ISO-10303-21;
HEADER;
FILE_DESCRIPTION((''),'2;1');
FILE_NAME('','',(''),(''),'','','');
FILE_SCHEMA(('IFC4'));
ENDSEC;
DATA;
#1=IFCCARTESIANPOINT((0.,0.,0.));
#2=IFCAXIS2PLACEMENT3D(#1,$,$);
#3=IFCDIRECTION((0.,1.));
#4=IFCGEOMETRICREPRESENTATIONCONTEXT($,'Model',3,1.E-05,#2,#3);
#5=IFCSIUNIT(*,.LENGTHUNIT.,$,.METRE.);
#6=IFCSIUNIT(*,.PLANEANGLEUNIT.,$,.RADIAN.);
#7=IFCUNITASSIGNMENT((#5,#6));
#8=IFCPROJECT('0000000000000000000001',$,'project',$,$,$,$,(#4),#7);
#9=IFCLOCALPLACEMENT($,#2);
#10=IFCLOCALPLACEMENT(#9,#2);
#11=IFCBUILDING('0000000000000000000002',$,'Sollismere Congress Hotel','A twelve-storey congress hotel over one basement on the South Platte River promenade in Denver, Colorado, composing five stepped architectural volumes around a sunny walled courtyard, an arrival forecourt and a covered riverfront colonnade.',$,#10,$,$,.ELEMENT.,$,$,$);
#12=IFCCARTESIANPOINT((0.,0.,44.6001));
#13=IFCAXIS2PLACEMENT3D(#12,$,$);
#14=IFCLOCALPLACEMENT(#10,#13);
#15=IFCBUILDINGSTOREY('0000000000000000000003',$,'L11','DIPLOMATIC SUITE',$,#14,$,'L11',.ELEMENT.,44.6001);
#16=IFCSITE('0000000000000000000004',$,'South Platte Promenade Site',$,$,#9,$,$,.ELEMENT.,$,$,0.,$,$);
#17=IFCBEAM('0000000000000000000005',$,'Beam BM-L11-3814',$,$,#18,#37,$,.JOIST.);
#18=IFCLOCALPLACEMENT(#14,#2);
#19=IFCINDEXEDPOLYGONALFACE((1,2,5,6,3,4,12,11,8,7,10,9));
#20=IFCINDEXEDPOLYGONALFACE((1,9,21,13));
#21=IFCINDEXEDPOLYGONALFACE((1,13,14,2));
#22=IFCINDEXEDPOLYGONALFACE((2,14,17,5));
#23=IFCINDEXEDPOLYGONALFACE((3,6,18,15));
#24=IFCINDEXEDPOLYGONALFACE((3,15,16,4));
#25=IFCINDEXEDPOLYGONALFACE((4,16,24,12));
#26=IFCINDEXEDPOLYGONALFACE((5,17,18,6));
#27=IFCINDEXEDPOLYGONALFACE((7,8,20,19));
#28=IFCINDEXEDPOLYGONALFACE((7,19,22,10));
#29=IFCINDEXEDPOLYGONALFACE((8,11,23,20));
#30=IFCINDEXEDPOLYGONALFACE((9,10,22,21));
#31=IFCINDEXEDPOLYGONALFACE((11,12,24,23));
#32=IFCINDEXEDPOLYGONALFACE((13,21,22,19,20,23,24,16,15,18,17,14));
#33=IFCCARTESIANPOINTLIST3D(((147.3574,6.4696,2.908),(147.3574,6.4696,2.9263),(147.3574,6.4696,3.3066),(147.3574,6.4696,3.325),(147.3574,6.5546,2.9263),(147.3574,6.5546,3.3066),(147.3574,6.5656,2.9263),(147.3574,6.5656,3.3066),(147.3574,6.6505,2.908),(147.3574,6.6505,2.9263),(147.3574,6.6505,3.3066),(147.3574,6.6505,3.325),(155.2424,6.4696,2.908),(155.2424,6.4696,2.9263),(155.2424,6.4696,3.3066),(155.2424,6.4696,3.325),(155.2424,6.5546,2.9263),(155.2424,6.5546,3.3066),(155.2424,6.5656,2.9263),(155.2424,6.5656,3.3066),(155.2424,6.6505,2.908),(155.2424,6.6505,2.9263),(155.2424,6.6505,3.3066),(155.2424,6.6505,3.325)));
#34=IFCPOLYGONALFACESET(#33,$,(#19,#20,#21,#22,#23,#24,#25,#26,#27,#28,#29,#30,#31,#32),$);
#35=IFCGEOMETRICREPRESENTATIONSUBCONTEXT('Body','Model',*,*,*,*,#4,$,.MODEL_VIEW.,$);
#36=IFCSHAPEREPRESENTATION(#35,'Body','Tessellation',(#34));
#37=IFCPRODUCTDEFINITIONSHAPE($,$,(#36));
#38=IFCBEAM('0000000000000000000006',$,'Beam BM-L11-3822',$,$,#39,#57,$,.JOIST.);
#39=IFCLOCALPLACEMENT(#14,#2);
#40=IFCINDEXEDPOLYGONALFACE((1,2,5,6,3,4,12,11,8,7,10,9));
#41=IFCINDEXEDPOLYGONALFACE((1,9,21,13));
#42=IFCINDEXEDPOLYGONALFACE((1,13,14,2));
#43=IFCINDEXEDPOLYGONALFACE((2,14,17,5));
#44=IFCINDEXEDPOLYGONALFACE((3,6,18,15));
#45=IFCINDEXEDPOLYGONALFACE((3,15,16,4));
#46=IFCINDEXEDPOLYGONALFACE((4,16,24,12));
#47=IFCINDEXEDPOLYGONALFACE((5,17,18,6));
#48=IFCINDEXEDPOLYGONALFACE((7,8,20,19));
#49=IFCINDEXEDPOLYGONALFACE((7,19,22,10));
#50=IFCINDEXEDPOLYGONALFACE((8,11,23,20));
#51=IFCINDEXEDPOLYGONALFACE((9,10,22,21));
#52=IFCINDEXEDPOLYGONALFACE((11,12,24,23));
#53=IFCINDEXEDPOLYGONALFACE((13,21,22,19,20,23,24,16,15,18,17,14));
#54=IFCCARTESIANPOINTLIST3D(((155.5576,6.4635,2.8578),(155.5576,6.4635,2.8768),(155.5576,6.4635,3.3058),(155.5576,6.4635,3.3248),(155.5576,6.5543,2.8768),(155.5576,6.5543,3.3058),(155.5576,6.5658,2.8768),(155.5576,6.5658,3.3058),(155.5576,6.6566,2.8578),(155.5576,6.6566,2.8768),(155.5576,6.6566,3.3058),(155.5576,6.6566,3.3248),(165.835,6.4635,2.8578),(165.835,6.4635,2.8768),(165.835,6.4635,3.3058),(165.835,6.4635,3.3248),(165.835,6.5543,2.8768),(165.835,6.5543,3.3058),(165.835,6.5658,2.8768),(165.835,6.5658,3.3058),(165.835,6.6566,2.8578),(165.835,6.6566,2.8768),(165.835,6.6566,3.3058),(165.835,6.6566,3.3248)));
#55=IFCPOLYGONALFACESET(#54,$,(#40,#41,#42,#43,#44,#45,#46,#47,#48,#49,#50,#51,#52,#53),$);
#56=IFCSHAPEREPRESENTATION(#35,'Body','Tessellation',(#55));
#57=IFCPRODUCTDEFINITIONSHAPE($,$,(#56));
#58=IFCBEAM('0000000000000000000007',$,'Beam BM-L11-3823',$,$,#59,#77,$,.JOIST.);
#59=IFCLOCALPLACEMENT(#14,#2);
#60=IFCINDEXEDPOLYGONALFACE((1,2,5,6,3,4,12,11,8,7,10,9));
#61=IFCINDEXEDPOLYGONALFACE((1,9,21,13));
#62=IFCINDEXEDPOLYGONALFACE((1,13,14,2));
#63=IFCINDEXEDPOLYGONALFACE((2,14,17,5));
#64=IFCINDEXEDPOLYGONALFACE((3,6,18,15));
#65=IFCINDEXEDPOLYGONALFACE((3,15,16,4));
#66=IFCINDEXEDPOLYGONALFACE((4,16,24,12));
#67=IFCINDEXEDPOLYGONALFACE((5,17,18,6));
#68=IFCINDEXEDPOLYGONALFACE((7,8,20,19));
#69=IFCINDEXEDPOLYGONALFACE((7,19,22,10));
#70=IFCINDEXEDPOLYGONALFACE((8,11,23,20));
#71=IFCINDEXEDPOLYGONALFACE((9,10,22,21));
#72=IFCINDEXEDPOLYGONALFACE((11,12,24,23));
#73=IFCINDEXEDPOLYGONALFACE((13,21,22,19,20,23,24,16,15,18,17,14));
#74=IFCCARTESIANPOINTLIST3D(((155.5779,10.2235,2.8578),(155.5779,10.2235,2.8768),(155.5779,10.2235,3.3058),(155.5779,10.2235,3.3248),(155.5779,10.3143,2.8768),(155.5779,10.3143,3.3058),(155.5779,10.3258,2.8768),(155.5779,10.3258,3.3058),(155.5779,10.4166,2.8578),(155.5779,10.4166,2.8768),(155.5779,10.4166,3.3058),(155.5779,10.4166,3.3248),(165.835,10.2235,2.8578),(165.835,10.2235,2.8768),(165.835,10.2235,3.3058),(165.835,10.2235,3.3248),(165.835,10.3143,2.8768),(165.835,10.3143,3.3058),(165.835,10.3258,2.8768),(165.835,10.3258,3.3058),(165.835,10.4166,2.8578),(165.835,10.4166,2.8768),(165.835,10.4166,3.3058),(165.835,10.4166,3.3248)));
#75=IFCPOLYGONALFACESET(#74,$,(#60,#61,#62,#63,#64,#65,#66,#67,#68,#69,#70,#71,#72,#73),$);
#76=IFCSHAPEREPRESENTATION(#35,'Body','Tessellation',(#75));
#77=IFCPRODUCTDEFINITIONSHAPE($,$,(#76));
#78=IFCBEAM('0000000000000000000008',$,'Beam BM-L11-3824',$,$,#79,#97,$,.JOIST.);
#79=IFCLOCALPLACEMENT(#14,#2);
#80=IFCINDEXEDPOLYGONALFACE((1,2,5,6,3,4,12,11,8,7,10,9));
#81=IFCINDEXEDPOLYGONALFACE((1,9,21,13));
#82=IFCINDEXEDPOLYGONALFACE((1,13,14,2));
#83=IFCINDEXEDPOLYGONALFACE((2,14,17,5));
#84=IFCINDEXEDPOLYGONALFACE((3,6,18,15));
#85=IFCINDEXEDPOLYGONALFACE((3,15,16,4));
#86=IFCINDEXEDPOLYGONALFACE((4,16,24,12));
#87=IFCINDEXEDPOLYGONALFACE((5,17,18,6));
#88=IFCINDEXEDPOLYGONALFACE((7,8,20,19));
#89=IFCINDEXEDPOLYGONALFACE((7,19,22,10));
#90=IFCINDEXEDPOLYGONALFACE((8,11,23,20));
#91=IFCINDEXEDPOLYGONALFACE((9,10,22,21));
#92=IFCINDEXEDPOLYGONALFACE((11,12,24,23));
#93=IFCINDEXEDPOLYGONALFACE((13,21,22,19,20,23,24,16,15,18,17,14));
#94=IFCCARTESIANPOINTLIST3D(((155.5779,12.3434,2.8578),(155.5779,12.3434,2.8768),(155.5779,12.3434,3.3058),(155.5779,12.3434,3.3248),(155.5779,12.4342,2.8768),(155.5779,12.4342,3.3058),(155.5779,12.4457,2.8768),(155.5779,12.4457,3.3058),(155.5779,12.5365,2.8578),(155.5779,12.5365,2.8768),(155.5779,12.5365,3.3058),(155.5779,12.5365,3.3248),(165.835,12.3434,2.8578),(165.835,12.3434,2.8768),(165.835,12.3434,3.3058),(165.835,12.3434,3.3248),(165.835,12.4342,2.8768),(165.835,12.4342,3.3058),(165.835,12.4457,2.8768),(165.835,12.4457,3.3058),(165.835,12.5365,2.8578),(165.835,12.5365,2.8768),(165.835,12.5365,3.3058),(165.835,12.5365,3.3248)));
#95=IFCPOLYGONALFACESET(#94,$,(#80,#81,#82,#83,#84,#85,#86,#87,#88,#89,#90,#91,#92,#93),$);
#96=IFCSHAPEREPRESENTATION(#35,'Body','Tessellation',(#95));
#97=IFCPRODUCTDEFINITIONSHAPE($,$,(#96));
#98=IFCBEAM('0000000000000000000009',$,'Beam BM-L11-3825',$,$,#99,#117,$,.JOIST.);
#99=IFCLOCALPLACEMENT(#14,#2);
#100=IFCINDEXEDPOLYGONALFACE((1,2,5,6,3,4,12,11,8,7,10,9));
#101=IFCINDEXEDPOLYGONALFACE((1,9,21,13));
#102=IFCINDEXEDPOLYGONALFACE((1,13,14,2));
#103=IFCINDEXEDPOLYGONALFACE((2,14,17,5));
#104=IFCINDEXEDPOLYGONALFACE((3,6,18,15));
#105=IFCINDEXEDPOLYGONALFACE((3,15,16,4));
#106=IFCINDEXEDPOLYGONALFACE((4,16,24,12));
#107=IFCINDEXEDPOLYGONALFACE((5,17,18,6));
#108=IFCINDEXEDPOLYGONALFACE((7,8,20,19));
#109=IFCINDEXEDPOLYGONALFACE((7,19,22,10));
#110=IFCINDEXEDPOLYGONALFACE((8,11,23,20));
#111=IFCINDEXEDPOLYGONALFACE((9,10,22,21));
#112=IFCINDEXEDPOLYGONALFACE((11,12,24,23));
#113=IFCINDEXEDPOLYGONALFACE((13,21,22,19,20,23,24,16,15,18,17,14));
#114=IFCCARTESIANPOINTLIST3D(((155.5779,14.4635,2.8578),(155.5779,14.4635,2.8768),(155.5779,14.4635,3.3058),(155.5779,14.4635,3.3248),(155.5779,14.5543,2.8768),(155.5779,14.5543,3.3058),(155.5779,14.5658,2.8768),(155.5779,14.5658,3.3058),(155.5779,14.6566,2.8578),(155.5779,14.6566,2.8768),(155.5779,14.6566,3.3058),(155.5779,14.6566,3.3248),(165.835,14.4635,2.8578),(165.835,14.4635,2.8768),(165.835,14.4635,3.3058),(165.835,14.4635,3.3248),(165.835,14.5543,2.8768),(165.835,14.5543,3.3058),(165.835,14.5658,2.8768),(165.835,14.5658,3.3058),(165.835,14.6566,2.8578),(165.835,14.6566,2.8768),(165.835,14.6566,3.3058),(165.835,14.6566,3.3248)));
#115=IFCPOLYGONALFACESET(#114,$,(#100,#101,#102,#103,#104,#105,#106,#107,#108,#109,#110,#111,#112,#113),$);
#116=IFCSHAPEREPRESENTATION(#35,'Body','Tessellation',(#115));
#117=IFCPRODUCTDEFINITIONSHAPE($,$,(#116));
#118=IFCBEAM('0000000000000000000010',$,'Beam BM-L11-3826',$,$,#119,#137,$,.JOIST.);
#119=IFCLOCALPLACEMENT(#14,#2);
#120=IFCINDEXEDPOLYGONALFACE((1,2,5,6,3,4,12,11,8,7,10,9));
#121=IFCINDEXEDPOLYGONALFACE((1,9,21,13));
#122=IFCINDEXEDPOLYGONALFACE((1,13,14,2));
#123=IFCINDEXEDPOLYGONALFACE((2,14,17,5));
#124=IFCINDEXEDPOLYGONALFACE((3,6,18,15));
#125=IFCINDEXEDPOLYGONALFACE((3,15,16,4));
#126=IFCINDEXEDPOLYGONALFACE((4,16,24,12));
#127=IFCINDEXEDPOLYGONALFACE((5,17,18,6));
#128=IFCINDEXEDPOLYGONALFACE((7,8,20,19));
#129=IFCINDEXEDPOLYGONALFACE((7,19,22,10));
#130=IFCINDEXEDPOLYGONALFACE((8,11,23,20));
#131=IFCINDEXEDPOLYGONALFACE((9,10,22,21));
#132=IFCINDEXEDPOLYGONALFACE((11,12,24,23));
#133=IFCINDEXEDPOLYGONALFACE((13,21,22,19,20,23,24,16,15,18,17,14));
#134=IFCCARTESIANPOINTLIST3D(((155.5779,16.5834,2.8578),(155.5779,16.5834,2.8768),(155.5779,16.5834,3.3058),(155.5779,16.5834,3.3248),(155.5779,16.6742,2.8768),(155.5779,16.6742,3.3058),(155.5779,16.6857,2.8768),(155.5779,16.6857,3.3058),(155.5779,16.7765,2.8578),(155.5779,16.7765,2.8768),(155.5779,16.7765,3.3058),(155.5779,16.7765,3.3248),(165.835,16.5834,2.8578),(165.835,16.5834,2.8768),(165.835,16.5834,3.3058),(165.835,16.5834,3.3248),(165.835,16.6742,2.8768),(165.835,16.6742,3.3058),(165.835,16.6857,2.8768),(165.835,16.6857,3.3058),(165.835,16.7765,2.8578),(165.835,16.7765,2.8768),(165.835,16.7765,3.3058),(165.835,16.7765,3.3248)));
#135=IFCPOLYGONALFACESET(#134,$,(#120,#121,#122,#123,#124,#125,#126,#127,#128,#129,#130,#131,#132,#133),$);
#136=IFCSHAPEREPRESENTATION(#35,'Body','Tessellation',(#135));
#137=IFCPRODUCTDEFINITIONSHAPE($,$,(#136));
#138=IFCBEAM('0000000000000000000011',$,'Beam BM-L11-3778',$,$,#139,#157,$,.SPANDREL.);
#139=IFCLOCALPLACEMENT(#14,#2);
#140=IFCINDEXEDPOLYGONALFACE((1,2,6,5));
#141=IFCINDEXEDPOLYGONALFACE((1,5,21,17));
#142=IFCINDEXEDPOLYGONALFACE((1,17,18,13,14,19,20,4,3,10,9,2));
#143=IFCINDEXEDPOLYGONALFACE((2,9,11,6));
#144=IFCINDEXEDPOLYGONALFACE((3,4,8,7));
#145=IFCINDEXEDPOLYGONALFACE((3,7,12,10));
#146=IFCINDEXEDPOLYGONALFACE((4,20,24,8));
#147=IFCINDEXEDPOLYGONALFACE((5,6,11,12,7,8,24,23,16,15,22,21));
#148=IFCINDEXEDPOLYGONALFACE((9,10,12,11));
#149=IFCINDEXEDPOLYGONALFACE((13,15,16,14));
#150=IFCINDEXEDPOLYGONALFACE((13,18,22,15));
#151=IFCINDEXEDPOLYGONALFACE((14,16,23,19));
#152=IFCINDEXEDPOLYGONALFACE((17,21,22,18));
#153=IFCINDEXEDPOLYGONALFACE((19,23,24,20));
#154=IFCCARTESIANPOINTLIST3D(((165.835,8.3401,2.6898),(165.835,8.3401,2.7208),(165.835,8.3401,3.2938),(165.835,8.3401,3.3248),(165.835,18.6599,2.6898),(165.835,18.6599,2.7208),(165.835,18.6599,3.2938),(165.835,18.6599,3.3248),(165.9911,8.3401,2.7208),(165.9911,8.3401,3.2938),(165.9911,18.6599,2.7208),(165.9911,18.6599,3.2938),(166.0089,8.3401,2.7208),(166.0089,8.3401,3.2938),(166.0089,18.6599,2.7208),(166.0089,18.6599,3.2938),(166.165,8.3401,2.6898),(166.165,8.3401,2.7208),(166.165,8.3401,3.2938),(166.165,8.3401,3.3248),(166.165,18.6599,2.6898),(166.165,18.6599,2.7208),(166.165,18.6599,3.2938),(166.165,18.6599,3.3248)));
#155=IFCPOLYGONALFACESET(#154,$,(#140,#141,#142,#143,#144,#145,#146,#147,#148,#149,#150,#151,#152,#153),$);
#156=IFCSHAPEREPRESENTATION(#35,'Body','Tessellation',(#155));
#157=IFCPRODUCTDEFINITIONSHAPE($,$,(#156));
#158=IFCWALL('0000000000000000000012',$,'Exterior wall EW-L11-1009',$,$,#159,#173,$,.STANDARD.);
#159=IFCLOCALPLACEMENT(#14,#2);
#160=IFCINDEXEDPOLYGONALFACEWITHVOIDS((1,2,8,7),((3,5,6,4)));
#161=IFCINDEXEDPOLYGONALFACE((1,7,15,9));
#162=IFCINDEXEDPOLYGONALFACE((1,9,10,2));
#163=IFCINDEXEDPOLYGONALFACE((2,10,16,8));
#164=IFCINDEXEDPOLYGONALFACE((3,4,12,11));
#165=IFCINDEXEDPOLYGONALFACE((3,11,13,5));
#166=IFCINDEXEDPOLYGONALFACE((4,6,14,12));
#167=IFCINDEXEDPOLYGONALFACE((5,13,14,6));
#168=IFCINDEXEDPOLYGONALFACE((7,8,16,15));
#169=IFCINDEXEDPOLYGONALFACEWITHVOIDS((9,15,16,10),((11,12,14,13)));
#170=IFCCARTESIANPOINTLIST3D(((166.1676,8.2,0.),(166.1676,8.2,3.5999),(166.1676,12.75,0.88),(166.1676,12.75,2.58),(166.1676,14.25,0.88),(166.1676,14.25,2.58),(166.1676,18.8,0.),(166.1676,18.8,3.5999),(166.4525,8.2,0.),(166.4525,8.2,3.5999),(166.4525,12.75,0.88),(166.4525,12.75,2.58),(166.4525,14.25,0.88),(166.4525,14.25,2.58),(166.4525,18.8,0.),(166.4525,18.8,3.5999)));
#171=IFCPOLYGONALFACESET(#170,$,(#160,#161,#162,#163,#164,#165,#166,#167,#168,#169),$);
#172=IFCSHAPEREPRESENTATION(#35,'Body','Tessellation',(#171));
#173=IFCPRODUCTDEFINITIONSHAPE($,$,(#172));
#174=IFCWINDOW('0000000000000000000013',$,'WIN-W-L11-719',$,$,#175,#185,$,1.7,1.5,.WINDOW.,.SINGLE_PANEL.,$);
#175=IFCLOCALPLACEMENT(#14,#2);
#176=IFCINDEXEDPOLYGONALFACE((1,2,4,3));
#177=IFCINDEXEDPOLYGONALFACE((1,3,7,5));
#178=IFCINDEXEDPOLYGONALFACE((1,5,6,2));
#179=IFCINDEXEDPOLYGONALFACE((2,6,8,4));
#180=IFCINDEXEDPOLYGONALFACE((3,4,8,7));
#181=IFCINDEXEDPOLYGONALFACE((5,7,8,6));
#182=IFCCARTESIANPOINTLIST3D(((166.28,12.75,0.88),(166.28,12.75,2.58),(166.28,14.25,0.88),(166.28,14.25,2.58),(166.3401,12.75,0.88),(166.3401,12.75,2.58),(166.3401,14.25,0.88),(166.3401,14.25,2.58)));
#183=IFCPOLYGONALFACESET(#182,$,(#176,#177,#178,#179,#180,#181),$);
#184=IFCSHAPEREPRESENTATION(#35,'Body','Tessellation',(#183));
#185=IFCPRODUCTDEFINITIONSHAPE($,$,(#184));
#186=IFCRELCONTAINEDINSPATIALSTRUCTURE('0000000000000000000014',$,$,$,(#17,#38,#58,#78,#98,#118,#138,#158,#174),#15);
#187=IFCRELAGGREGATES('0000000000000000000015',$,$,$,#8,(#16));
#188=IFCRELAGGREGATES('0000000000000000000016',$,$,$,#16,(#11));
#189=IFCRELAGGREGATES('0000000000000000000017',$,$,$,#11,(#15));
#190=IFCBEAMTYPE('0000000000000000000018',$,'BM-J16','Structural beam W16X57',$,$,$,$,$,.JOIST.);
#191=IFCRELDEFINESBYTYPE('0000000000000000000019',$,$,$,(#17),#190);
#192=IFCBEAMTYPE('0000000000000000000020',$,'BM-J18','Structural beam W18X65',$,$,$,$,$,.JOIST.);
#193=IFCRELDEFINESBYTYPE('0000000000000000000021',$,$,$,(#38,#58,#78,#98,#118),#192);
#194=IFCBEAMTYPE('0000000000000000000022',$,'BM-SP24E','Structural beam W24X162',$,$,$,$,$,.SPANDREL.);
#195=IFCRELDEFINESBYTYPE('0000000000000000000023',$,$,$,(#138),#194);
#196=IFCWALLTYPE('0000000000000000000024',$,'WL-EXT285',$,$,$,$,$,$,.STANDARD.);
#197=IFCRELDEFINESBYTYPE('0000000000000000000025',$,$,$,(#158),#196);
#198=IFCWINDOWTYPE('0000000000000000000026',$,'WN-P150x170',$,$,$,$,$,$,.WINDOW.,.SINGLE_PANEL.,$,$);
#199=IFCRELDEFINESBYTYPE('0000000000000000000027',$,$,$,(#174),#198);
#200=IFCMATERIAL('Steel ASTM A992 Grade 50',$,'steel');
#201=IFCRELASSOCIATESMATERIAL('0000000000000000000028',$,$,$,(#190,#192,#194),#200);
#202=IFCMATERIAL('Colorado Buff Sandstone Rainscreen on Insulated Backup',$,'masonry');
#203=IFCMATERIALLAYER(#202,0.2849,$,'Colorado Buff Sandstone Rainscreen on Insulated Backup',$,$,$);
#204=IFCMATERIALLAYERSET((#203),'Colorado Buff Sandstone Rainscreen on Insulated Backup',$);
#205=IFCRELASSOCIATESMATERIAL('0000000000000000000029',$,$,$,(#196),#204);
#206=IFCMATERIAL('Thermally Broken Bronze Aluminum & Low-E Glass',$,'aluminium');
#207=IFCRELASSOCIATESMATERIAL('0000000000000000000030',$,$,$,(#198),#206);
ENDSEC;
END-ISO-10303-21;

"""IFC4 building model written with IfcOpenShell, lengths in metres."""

from ifc_helpers import new_model, si_unit, direction, frame, frame_2d, origin, origin_2d, place, context, subcontext, project, spatial, rectangle, i_section, extrude, material, layer, layer_set, material_profile, profile_set, type_object, element, fill, save


model = new_model("IFC4")

# Units and contexts
model_context = context("Model", 3, precision=1e-05, world=origin(), true_north=direction((0.0, 1.0)))
body_context = subcontext(model_context, "Body", "Model", "MODEL_VIEW")
ifc_project = project(units=[si_unit("LENGTHUNIT", "METRE"), si_unit("PLANEANGLEUNIT", "RADIAN")], contexts=[model_context])

# Site, building, storey
site_placement = place(None, origin())
site = spatial("IfcSite", under=ifc_project, at=site_placement, Name="South Platte Promenade Site", CompositionType="ELEMENT", RefElevation=0.0)
building_placement = place(site_placement, origin())
building = spatial("IfcBuilding", under=site, at=building_placement, Name="Sollismere Congress Hotel", Description="A twelve-storey congress hotel over one basement on the South Platte River promenade in Denver, Colorado, composing five stepped architectural volumes around a sunny walled courtyard, an arrival forecourt and a covered riverfront colonnade.", CompositionType="ELEMENT")
storey_placement = place(building_placement, frame((0.0, 0.0, 44.6001)))
storey = spatial("IfcBuildingStorey", under=building, at=storey_placement, Name="L11", Description="DIPLOMATIC SUITE", LongName="L11", CompositionType="ELEMENT", Elevation=44.6001)

# Shared definitions
ifc_material_1 = material(Name="Steel ASTM A992 Grade 50", Category="steel")

# Beams
ifc_material_profile_1 = material_profile(ifc_material_1, i_section(OverallWidth=0.1809, OverallDepth=0.417, WebThickness=0.011, FlangeThickness=0.0183, at=origin_2d()), Name="W16X57")
ifc_profile_set_1 = profile_set([ifc_material_profile_1], Name="Steel ASTM A992 Grade 50")
beam_type_1 = type_object("IfcBeamType", Name="BM-J16", Description="Structural beam W16X57", PredefinedType="JOIST", material=ifc_profile_set_1)
beam_1_placement = place(storey_placement, frame((147.3574, 6.5601, 3.1165), z_axis=(1.0, 0.0, 0.0), x_axis=(0.0, 1.0, 0.0)))
element("IfcBeam", 1, at=beam_1_placement, inside=storey, type_object=beam_type_1, Name="Beam BM-L11-3814", PredefinedType="JOIST", context=body_context, shape_type="SweptSolid", body=[
    extrude(i_section(OverallWidth=0.1809, OverallDepth=0.417, WebThickness=0.011, FlangeThickness=0.0183, at=origin_2d()), origin(), (0.0, 0.0, 1.0), 7.885),
])
ifc_material_profile_2 = material_profile(ifc_material_1, i_section(OverallWidth=0.1931, OverallDepth=0.467, WebThickness=0.0115, FlangeThickness=0.019, at=origin_2d()), Name="W18X65")
ifc_profile_set_2 = profile_set([ifc_material_profile_2], Name="Steel ASTM A992 Grade 50")
beam_type_2 = type_object("IfcBeamType", Name="BM-J18", Description="Structural beam W18X65", PredefinedType="JOIST", material=ifc_profile_set_2)
beam_2_placement = place(storey_placement, frame((155.5576, 6.5601, 3.0913), z_axis=(1.0, 0.0, 0.0), x_axis=(0.0, 1.0, 0.0)))
element("IfcBeam", 2, at=beam_2_placement, inside=storey, type_object=beam_type_2, Name="Beam BM-L11-3822", PredefinedType="JOIST", context=body_context, shape_type="SweptSolid", body=[
    extrude(i_section(OverallWidth=0.1931, OverallDepth=0.467, WebThickness=0.0115, FlangeThickness=0.019, at=origin_2d()), origin(), (0.0, 0.0, 1.0), 10.2773),
])
for number, where, z_axis, x_axis, name in (
    (3, (155.5779, 10.3201, 3.0913), (1.0, 0.0, 0.0), (0.0, 1.0, 0.0), "Beam BM-L11-3823"),
    (4, (155.5779, 12.4399, 3.0913), (1.0, 0.0, 0.0), (0.0, 1.0, 0.0), "Beam BM-L11-3824"),
    (5, (155.5779, 14.5601, 3.0913), (1.0, 0.0, 0.0), (0.0, 1.0, 0.0), "Beam BM-L11-3825"),
    (6, (155.5779, 16.6799, 3.0913), (1.0, 0.0, 0.0), (0.0, 1.0, 0.0), "Beam BM-L11-3826"),
):
    element("IfcBeam", number, at=place(storey_placement, frame(where, z_axis=z_axis, x_axis=x_axis)), inside=storey, type_object=beam_type_2, Name=name, PredefinedType="JOIST", context=body_context, shape_type="SweptSolid", body=[
        extrude(i_section(OverallWidth=0.1931, OverallDepth=0.467, WebThickness=0.0115, FlangeThickness=0.019, at=origin_2d()), origin(), (0.0, 0.0, 1.0), 10.2571),
    ])
ifc_material_profile_3 = material_profile(ifc_material_1, i_section(OverallWidth=0.3301, OverallDepth=0.635, WebThickness=0.0178, FlangeThickness=0.031, at=origin_2d()), Name="W24X162")
ifc_profile_set_3 = profile_set([ifc_material_profile_3], Name="Steel ASTM A992 Grade 50")
beam_type_3 = type_object("IfcBeamType", Name="BM-SP24E", Description="Structural beam W24X162", PredefinedType="SPANDREL", material=ifc_profile_set_3)
beam_3_placement = place(storey_placement, frame((166.0, 8.3401, 3.0073), z_axis=(0.0, 1.0, 0.0), x_axis=(-1.0, 0.0, 0.0)))
element("IfcBeam", 7, at=beam_3_placement, inside=storey, type_object=beam_type_3, Name="Beam BM-L11-3778", PredefinedType="SPANDREL", context=body_context, shape_type="SweptSolid", body=[
    extrude(i_section(OverallWidth=0.3301, OverallDepth=0.635, WebThickness=0.0178, FlangeThickness=0.031, at=origin_2d()), origin(), (0.0, 0.0, 1.0), 10.3198),
])

# Wall, opening, window
ifc_material_2 = material(Name="Colorado Buff Sandstone Rainscreen on Insulated Backup", Category="masonry")
ifc_layer_1 = layer(ifc_material_2, 0.2849, Name="Colorado Buff Sandstone Rainscreen on Insulated Backup")
ifc_layer_set_1 = layer_set([ifc_layer_1], Name="Colorado Buff Sandstone Rainscreen on Insulated Backup")
wall_type_1 = type_object("IfcWallType", Name="WL-EXT285", PredefinedType="STANDARD", material=ifc_layer_set_1)
wall_1_placement = place(storey_placement, frame((166.3101, 8.2, 0.0), z_axis=(0.0, 0.0, 1.0), x_axis=(0.0, 1.0, 0.0)))
wall_1 = element("IfcWall", 8, at=wall_1_placement, inside=storey, type_object=wall_type_1, Name="Exterior wall EW-L11-1009", PredefinedType="STANDARD", context=body_context, shape_type="SweptSolid", body=[
    extrude(rectangle(XDim=10.6001, YDim=0.2849, at=frame_2d((5.3, 0.0))), origin(), (0.0, 0.0, 1.0), 3.5999),
])
opening_1_placement = place(wall_1_placement, frame((4.55, 0.0, 0.8799)))
opening_1 = element("IfcOpeningElement", 9, at=opening_1_placement, cuts=wall_1, PredefinedType="OPENING", context=body_context, shape_type="SweptSolid", body=[
    extrude(rectangle(XDim=1.5, YDim=1.7, at=frame_2d((0.75, 0.8501))), frame((0.0, 0.1523, 0.0), z_axis=(0.0, -1.0, 0.0), x_axis=(1.0, 0.0, 0.0)), (0.0, 0.0, 1.0), 0.3049),
])
ifc_material_3 = material(Name="Thermally Broken Bronze Aluminum & Low-E Glass", Category="aluminium")
window_type_1 = type_object("IfcWindowType", Name="WN-P150x170", PartitioningType="SINGLE_PANEL", PredefinedType="WINDOW", material=ifc_material_3)
window_1_placement = place(opening_1_placement, origin())
window_1 = element("IfcWindow", 10, at=window_1_placement, inside=storey, type_object=window_type_1, Name="WIN-W-L11-719", OverallHeight=1.7, OverallWidth=1.5, PartitioningType="SINGLE_PANEL", PredefinedType="WINDOW", context=body_context, shape_type="SweptSolid", body=[
    extrude(rectangle(XDim=1.5, YDim=1.7, at=frame_2d((0.75, 0.8501))), frame((0.0, 0.03, 0.0), z_axis=(0.0, -1.0, 0.0), x_axis=(1.0, 0.0, 0.0)), (0.0, 0.0, 1.0), 0.0601),
])
fill(opening_1, window_1)

save(model, "model.ifc")
